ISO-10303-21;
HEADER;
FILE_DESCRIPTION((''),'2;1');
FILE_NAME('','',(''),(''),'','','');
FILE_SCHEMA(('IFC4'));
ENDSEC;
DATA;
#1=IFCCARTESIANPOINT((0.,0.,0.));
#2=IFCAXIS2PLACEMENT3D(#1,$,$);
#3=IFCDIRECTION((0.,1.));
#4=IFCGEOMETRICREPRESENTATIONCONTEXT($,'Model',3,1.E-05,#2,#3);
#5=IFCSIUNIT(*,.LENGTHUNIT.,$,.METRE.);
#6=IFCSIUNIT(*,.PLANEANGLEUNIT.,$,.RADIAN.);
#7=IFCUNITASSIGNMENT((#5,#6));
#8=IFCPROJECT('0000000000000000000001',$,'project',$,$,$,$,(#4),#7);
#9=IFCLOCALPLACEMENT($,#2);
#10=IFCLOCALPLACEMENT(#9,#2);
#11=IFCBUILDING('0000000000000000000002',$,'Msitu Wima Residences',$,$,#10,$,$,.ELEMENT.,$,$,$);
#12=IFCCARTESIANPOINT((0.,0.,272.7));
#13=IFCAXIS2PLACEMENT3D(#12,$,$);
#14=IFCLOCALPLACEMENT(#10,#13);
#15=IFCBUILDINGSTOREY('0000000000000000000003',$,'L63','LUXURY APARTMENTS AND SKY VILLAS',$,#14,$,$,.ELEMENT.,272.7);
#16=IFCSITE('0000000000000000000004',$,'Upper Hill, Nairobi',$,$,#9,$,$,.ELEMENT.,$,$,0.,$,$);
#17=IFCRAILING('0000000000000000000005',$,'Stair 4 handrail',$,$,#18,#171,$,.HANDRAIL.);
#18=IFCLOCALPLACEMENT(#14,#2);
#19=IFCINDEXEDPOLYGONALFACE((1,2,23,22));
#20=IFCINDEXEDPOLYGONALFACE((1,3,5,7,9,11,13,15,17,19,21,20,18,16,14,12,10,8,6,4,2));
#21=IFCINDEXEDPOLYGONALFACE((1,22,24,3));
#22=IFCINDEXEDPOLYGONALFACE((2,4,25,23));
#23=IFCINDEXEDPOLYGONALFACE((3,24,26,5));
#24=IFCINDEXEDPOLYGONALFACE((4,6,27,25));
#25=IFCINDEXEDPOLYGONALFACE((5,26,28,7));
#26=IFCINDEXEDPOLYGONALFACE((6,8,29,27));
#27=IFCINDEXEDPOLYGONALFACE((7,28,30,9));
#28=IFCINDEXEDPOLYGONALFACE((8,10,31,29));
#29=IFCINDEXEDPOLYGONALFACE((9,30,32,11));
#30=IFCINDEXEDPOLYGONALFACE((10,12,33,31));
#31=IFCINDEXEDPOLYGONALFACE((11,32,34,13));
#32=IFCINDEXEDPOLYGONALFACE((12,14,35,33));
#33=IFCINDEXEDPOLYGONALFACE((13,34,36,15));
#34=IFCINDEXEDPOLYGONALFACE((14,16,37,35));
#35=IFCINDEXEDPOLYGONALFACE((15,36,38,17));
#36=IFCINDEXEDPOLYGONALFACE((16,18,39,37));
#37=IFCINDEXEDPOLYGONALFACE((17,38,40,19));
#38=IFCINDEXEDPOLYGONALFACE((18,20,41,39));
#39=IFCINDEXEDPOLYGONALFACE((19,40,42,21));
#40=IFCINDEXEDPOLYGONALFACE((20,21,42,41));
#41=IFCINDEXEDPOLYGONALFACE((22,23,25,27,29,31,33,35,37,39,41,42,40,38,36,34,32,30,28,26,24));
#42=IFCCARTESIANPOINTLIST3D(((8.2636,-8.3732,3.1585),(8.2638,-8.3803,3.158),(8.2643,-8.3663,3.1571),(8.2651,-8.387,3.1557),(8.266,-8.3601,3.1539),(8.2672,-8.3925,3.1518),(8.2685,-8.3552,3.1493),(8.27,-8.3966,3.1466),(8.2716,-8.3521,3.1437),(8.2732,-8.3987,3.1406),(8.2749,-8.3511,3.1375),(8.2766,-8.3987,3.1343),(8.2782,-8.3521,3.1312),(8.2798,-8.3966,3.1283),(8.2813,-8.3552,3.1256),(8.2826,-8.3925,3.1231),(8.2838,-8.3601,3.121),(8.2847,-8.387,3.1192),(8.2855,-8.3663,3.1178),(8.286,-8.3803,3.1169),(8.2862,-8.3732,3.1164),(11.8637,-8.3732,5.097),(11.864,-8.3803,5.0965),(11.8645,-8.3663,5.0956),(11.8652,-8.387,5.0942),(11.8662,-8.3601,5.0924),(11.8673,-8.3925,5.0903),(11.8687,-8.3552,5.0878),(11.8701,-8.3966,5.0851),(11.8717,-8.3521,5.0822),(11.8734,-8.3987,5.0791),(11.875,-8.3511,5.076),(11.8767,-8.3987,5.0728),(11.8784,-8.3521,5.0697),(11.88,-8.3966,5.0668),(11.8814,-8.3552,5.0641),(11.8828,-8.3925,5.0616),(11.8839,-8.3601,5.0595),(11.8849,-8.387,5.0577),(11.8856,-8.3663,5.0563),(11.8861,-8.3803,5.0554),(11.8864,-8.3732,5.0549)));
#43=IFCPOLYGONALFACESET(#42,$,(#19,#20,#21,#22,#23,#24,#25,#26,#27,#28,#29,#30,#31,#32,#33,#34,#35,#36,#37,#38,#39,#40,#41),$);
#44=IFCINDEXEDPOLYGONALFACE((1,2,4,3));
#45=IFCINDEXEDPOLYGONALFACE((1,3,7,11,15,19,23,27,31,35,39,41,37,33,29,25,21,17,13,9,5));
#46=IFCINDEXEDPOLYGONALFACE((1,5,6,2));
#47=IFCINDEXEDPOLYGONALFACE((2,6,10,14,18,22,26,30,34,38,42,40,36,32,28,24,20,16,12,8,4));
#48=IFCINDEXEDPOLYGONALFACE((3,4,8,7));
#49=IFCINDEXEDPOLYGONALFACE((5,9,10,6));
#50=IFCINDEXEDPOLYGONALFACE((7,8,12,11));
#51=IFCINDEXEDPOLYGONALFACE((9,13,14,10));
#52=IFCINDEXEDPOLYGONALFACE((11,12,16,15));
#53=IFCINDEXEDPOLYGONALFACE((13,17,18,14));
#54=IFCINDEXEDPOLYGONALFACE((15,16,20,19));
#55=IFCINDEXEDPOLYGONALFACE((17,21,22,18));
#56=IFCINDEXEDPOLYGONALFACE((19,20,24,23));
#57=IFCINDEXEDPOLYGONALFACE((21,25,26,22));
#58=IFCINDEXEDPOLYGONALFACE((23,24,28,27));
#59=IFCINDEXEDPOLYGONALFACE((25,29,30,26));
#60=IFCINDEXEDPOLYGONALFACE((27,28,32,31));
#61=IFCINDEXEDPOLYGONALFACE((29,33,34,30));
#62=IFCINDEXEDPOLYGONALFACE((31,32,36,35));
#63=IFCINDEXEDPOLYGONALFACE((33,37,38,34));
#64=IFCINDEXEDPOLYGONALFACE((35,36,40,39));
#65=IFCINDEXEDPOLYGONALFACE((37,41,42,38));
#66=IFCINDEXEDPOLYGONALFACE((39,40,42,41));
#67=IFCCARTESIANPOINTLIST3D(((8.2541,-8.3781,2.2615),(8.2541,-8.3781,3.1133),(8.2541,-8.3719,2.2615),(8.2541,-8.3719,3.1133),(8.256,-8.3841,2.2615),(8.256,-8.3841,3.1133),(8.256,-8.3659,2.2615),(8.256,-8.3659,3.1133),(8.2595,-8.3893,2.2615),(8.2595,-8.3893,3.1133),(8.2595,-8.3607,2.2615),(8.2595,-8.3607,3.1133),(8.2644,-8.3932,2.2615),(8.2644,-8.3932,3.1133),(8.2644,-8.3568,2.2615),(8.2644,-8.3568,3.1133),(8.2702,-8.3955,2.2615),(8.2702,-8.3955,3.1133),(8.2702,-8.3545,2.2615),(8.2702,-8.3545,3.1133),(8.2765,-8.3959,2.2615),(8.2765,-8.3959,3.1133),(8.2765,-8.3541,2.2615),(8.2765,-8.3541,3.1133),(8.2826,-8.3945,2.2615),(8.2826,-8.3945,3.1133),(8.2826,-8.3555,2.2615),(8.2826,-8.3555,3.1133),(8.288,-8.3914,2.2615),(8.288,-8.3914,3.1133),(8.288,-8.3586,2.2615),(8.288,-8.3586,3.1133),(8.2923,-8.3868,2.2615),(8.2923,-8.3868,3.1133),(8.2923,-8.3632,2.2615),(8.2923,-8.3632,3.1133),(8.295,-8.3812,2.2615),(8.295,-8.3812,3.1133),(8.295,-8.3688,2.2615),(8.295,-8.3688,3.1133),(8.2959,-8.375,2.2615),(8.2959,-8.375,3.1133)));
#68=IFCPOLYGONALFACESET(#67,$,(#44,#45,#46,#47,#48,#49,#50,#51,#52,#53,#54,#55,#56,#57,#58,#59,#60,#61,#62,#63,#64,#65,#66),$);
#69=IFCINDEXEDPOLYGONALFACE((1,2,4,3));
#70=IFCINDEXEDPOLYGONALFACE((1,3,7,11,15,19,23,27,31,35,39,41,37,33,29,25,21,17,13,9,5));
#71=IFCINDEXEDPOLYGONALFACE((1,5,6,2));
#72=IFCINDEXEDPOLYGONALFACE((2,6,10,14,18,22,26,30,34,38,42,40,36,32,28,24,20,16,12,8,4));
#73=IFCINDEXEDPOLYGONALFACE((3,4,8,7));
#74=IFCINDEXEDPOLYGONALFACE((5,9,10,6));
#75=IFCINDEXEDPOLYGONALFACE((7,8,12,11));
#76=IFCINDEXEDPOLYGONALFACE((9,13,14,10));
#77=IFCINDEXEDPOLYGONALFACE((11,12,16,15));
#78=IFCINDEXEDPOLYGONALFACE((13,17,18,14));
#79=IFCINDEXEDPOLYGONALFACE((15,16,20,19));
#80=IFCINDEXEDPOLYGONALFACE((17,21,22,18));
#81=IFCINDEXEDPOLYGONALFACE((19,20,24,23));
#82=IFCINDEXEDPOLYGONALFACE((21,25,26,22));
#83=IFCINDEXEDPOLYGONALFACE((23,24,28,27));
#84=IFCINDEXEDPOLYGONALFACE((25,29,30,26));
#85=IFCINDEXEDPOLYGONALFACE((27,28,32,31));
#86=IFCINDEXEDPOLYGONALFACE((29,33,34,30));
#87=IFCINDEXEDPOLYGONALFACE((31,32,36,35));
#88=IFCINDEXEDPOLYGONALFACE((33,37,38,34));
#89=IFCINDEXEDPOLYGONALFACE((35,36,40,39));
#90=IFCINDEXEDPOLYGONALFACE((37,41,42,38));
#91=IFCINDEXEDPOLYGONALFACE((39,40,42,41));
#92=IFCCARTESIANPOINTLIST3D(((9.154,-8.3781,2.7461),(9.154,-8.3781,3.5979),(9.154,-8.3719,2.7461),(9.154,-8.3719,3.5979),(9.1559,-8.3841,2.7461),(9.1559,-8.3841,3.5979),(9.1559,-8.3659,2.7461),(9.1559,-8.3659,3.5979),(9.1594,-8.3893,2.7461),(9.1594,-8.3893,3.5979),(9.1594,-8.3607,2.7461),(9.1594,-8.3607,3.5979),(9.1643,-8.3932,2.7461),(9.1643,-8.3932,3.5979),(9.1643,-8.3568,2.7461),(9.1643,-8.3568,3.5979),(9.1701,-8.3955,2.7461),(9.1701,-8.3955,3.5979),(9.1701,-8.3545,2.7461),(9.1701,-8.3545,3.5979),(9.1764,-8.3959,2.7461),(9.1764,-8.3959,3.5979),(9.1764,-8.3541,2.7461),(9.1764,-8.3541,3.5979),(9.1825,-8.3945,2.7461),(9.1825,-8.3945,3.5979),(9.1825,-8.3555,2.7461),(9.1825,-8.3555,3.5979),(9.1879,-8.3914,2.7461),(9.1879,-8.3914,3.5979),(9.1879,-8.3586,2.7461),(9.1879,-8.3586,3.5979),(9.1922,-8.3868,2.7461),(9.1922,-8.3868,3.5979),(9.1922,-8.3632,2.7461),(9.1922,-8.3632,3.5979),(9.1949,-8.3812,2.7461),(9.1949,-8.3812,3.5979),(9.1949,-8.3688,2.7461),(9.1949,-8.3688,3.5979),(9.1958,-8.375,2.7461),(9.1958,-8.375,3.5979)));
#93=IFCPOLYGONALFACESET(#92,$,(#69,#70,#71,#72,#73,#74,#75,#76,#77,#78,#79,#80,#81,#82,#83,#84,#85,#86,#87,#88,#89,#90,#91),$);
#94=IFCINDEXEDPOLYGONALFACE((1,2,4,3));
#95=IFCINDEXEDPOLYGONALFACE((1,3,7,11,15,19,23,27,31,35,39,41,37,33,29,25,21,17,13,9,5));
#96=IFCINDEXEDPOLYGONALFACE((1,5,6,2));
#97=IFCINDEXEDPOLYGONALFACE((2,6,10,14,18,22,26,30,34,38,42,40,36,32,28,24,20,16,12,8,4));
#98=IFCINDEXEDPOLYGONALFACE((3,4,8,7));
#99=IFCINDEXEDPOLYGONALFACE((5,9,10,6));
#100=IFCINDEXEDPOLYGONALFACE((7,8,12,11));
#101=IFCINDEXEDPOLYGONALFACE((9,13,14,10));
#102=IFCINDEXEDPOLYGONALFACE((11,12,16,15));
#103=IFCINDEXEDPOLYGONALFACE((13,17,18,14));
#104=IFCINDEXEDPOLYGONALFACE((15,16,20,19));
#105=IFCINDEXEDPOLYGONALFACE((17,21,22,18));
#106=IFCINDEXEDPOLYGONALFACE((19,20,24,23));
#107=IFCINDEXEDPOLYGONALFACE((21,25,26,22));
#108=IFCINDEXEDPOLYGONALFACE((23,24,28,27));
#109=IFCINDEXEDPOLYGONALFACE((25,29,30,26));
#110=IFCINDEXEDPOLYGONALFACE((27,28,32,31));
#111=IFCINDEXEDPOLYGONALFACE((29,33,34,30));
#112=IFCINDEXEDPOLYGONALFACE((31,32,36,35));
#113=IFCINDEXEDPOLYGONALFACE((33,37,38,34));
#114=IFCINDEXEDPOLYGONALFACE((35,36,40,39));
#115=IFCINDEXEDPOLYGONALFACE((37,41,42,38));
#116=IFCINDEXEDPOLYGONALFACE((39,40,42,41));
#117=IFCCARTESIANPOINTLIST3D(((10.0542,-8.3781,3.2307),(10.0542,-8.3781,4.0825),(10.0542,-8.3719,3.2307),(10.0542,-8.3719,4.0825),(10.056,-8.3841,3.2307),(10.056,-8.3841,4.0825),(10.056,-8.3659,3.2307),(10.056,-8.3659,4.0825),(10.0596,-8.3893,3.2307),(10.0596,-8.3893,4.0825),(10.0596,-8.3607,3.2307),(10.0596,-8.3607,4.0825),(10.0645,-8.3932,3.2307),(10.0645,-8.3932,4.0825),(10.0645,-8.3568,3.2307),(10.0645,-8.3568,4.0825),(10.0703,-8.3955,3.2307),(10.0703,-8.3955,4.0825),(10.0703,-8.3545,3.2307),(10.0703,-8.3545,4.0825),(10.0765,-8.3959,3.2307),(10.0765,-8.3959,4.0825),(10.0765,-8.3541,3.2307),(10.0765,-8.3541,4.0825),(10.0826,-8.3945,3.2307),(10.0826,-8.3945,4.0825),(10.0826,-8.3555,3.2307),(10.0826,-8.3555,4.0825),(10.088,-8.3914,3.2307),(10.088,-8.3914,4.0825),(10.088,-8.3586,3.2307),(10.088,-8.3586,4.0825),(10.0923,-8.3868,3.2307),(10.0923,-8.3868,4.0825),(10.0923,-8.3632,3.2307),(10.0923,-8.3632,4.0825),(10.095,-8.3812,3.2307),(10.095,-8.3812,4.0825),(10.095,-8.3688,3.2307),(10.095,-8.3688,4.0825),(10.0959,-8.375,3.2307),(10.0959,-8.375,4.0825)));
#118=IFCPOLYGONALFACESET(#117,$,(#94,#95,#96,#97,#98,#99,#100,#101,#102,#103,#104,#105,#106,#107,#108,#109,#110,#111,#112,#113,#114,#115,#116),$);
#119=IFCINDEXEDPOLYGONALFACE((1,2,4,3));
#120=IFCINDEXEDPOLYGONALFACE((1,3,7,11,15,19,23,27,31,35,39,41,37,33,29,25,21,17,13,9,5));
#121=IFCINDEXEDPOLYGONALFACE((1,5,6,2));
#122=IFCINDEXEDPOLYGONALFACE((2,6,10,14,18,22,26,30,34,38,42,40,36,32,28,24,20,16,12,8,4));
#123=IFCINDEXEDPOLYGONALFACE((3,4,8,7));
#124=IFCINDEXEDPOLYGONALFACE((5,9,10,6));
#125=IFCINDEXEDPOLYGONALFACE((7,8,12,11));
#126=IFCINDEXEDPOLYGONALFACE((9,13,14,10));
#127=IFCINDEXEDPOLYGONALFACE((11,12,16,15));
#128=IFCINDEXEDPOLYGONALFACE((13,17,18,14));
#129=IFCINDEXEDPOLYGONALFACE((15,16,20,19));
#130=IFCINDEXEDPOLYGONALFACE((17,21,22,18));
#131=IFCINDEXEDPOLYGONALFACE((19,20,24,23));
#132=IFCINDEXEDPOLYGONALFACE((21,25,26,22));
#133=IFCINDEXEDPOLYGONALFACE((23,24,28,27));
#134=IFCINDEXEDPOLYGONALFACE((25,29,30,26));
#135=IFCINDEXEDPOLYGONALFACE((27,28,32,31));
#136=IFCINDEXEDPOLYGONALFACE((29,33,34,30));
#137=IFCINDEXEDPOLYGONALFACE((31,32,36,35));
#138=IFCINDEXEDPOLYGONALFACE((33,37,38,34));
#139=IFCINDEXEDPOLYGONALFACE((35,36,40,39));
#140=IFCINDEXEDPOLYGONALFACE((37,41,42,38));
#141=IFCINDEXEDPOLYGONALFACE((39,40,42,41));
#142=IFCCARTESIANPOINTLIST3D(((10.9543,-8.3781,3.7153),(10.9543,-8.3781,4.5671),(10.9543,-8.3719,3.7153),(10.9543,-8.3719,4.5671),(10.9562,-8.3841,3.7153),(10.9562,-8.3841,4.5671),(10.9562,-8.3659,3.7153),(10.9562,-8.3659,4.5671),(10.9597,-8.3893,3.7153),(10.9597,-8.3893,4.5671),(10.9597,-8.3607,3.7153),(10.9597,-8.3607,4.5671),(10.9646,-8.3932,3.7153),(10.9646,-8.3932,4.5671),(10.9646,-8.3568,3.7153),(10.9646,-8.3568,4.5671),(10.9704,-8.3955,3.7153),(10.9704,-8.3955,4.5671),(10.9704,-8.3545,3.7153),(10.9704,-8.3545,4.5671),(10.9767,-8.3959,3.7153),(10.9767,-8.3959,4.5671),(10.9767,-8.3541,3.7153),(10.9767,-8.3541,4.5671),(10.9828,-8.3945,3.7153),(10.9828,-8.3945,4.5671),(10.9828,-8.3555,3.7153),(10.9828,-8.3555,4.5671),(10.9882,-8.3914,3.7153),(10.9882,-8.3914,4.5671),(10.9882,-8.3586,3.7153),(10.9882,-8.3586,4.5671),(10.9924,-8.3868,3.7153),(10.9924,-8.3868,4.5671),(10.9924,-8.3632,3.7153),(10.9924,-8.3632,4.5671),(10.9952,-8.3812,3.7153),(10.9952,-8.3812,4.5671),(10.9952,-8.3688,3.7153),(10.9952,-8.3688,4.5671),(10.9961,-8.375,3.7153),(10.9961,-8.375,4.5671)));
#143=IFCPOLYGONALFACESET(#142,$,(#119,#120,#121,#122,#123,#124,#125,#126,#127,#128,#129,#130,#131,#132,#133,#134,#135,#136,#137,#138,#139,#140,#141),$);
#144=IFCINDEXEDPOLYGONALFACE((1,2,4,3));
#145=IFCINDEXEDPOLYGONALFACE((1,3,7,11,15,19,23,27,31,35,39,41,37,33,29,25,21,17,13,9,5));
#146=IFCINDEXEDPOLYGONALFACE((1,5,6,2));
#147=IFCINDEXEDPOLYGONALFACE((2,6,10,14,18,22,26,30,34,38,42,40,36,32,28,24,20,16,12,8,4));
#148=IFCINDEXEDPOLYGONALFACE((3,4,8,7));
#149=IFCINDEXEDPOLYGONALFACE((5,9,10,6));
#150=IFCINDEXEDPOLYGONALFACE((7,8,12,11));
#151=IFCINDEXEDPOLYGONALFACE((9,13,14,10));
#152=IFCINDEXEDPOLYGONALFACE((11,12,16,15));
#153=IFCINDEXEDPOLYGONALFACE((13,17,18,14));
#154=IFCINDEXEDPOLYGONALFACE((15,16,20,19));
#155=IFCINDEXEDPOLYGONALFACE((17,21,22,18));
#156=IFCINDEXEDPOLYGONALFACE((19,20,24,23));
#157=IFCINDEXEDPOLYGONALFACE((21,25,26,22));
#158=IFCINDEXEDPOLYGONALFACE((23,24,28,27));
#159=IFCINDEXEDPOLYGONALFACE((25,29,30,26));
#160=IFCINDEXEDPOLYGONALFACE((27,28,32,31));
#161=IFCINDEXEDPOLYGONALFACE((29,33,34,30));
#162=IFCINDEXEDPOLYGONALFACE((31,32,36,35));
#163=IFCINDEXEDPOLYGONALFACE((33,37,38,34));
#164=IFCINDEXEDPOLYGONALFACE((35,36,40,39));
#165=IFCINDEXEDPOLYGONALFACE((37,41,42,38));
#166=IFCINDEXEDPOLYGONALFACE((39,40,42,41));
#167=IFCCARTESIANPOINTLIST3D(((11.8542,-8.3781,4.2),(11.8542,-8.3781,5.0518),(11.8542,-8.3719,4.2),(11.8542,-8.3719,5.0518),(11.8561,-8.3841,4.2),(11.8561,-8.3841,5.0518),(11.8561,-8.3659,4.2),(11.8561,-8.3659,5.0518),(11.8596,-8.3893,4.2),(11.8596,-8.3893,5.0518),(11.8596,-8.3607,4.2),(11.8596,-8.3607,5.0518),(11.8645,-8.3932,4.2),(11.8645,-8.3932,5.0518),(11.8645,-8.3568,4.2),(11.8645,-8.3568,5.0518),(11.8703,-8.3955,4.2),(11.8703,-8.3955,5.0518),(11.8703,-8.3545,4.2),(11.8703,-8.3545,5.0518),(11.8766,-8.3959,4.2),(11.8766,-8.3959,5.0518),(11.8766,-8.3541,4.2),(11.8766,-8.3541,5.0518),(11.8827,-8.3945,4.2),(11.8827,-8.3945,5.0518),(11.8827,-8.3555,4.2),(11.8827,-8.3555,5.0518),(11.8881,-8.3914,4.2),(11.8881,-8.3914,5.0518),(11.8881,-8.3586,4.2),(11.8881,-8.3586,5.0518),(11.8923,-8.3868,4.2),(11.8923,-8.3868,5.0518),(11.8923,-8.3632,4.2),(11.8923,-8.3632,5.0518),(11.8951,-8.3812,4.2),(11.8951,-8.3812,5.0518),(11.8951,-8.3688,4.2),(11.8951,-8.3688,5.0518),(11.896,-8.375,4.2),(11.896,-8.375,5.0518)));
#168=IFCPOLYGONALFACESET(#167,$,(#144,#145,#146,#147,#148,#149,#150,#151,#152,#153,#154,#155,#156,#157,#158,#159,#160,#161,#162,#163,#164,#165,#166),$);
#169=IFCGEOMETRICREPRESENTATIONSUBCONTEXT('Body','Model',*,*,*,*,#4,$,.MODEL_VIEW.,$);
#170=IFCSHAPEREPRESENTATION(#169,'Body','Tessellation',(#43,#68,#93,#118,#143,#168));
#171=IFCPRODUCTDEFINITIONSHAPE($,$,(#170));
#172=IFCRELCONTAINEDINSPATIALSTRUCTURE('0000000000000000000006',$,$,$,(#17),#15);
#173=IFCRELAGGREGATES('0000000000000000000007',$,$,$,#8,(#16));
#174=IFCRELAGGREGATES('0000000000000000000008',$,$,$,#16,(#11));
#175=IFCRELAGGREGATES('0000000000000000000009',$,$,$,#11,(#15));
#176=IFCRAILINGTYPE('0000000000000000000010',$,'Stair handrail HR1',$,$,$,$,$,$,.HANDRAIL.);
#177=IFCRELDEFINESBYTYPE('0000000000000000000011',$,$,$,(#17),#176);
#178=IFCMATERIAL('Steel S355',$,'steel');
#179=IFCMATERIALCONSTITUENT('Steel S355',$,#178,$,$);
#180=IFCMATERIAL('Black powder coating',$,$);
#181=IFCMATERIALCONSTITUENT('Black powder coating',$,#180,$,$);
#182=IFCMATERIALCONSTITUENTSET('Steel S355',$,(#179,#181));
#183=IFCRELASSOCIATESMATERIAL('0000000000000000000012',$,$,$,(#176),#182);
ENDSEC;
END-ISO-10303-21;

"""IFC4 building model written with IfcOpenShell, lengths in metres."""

from ifc_helpers import new_model, si_unit, direction, frame, origin, origin_2d, place, context, subcontext, project, spatial, circle, extrude, material, constituent, constituent_set, type_object, element, save


model = new_model("IFC4")

# Units and contexts
model_context = context("Model", 3, precision=1e-05, world=origin(), true_north=direction((0.0, 1.0)))
body_context = subcontext(model_context, "Body", "Model", "MODEL_VIEW")
ifc_project = project(units=[si_unit("LENGTHUNIT", "METRE"), si_unit("PLANEANGLEUNIT", "RADIAN")], contexts=[model_context])

# Site, building, storey
site_placement = place(None, origin())
site = spatial("IfcSite", under=ifc_project, at=site_placement, Name="Upper Hill, Nairobi", CompositionType="ELEMENT", RefElevation=0.0)
building_placement = place(site_placement, origin())
building = spatial("IfcBuilding", under=site, at=building_placement, Name="Msitu Wima Residences", CompositionType="ELEMENT")
storey_placement = place(building_placement, frame((0.0, 0.0, 272.7)))
storey = spatial("IfcBuildingStorey", under=building, at=storey_placement, Name="L63", Description="LUXURY APARTMENTS AND SKY VILLAS", CompositionType="ELEMENT", Elevation=272.7)

# Railing
ifc_material_1 = material(Name="Steel S355", Category="steel")
ifc_constituent_1 = constituent(ifc_material_1, Name="Steel S355")
ifc_material_2 = material(Name="Black powder coating")
ifc_constituent_2 = constituent(ifc_material_2, Name="Black powder coating")
ifc_constituent_set = constituent_set(constituents=[ifc_constituent_1, ifc_constituent_2], Name="Steel S355")
railing_type = type_object("IfcRailingType", Name="Stair handrail HR1", PredefinedType="HANDRAIL", material=ifc_constituent_set)
for number, where, name in (
    (1, (8.2749, -8.375, 2.2615), "Stair 4 handrail"),
):
    element("IfcRailing", number, at=place(storey_placement, frame(where)), inside=storey, type_object=railing_type, Name=name, PredefinedType="HANDRAIL", context=body_context, shape_type="SweptSolid", body=[
        extrude(circle(Radius=0.0239, at=origin_2d()), frame((0.0, 0.0, 0.876), z_axis=(0.880475, 0.0, 0.474093), x_axis=(0.0, 1.0, 0.0)), (0.0, 0.0, 1.0), 4.0889),
        extrude(circle(Radius=0.021, at=origin_2d()), origin(), (0.0, 0.0, 1.0), 0.8518),
        extrude(circle(Radius=0.021, at=origin_2d()), frame((0.8999, 0.0, 0.4846)), (0.0, 0.0, 1.0), 0.8518),
        extrude(circle(Radius=0.021, at=origin_2d()), frame((1.8, 0.0, 0.9692)), (0.0, 0.0, 1.0), 0.8518),
        extrude(circle(Radius=0.021, at=origin_2d()), frame((2.7002, 0.0, 1.4539)), (0.0, 0.0, 1.0), 0.8518),
        extrude(circle(Radius=0.021, at=origin_2d()), frame((3.6001, 0.0, 1.9385)), (0.0, 0.0, 1.0), 0.8518),
    ])

save(model, "model.ifc")
